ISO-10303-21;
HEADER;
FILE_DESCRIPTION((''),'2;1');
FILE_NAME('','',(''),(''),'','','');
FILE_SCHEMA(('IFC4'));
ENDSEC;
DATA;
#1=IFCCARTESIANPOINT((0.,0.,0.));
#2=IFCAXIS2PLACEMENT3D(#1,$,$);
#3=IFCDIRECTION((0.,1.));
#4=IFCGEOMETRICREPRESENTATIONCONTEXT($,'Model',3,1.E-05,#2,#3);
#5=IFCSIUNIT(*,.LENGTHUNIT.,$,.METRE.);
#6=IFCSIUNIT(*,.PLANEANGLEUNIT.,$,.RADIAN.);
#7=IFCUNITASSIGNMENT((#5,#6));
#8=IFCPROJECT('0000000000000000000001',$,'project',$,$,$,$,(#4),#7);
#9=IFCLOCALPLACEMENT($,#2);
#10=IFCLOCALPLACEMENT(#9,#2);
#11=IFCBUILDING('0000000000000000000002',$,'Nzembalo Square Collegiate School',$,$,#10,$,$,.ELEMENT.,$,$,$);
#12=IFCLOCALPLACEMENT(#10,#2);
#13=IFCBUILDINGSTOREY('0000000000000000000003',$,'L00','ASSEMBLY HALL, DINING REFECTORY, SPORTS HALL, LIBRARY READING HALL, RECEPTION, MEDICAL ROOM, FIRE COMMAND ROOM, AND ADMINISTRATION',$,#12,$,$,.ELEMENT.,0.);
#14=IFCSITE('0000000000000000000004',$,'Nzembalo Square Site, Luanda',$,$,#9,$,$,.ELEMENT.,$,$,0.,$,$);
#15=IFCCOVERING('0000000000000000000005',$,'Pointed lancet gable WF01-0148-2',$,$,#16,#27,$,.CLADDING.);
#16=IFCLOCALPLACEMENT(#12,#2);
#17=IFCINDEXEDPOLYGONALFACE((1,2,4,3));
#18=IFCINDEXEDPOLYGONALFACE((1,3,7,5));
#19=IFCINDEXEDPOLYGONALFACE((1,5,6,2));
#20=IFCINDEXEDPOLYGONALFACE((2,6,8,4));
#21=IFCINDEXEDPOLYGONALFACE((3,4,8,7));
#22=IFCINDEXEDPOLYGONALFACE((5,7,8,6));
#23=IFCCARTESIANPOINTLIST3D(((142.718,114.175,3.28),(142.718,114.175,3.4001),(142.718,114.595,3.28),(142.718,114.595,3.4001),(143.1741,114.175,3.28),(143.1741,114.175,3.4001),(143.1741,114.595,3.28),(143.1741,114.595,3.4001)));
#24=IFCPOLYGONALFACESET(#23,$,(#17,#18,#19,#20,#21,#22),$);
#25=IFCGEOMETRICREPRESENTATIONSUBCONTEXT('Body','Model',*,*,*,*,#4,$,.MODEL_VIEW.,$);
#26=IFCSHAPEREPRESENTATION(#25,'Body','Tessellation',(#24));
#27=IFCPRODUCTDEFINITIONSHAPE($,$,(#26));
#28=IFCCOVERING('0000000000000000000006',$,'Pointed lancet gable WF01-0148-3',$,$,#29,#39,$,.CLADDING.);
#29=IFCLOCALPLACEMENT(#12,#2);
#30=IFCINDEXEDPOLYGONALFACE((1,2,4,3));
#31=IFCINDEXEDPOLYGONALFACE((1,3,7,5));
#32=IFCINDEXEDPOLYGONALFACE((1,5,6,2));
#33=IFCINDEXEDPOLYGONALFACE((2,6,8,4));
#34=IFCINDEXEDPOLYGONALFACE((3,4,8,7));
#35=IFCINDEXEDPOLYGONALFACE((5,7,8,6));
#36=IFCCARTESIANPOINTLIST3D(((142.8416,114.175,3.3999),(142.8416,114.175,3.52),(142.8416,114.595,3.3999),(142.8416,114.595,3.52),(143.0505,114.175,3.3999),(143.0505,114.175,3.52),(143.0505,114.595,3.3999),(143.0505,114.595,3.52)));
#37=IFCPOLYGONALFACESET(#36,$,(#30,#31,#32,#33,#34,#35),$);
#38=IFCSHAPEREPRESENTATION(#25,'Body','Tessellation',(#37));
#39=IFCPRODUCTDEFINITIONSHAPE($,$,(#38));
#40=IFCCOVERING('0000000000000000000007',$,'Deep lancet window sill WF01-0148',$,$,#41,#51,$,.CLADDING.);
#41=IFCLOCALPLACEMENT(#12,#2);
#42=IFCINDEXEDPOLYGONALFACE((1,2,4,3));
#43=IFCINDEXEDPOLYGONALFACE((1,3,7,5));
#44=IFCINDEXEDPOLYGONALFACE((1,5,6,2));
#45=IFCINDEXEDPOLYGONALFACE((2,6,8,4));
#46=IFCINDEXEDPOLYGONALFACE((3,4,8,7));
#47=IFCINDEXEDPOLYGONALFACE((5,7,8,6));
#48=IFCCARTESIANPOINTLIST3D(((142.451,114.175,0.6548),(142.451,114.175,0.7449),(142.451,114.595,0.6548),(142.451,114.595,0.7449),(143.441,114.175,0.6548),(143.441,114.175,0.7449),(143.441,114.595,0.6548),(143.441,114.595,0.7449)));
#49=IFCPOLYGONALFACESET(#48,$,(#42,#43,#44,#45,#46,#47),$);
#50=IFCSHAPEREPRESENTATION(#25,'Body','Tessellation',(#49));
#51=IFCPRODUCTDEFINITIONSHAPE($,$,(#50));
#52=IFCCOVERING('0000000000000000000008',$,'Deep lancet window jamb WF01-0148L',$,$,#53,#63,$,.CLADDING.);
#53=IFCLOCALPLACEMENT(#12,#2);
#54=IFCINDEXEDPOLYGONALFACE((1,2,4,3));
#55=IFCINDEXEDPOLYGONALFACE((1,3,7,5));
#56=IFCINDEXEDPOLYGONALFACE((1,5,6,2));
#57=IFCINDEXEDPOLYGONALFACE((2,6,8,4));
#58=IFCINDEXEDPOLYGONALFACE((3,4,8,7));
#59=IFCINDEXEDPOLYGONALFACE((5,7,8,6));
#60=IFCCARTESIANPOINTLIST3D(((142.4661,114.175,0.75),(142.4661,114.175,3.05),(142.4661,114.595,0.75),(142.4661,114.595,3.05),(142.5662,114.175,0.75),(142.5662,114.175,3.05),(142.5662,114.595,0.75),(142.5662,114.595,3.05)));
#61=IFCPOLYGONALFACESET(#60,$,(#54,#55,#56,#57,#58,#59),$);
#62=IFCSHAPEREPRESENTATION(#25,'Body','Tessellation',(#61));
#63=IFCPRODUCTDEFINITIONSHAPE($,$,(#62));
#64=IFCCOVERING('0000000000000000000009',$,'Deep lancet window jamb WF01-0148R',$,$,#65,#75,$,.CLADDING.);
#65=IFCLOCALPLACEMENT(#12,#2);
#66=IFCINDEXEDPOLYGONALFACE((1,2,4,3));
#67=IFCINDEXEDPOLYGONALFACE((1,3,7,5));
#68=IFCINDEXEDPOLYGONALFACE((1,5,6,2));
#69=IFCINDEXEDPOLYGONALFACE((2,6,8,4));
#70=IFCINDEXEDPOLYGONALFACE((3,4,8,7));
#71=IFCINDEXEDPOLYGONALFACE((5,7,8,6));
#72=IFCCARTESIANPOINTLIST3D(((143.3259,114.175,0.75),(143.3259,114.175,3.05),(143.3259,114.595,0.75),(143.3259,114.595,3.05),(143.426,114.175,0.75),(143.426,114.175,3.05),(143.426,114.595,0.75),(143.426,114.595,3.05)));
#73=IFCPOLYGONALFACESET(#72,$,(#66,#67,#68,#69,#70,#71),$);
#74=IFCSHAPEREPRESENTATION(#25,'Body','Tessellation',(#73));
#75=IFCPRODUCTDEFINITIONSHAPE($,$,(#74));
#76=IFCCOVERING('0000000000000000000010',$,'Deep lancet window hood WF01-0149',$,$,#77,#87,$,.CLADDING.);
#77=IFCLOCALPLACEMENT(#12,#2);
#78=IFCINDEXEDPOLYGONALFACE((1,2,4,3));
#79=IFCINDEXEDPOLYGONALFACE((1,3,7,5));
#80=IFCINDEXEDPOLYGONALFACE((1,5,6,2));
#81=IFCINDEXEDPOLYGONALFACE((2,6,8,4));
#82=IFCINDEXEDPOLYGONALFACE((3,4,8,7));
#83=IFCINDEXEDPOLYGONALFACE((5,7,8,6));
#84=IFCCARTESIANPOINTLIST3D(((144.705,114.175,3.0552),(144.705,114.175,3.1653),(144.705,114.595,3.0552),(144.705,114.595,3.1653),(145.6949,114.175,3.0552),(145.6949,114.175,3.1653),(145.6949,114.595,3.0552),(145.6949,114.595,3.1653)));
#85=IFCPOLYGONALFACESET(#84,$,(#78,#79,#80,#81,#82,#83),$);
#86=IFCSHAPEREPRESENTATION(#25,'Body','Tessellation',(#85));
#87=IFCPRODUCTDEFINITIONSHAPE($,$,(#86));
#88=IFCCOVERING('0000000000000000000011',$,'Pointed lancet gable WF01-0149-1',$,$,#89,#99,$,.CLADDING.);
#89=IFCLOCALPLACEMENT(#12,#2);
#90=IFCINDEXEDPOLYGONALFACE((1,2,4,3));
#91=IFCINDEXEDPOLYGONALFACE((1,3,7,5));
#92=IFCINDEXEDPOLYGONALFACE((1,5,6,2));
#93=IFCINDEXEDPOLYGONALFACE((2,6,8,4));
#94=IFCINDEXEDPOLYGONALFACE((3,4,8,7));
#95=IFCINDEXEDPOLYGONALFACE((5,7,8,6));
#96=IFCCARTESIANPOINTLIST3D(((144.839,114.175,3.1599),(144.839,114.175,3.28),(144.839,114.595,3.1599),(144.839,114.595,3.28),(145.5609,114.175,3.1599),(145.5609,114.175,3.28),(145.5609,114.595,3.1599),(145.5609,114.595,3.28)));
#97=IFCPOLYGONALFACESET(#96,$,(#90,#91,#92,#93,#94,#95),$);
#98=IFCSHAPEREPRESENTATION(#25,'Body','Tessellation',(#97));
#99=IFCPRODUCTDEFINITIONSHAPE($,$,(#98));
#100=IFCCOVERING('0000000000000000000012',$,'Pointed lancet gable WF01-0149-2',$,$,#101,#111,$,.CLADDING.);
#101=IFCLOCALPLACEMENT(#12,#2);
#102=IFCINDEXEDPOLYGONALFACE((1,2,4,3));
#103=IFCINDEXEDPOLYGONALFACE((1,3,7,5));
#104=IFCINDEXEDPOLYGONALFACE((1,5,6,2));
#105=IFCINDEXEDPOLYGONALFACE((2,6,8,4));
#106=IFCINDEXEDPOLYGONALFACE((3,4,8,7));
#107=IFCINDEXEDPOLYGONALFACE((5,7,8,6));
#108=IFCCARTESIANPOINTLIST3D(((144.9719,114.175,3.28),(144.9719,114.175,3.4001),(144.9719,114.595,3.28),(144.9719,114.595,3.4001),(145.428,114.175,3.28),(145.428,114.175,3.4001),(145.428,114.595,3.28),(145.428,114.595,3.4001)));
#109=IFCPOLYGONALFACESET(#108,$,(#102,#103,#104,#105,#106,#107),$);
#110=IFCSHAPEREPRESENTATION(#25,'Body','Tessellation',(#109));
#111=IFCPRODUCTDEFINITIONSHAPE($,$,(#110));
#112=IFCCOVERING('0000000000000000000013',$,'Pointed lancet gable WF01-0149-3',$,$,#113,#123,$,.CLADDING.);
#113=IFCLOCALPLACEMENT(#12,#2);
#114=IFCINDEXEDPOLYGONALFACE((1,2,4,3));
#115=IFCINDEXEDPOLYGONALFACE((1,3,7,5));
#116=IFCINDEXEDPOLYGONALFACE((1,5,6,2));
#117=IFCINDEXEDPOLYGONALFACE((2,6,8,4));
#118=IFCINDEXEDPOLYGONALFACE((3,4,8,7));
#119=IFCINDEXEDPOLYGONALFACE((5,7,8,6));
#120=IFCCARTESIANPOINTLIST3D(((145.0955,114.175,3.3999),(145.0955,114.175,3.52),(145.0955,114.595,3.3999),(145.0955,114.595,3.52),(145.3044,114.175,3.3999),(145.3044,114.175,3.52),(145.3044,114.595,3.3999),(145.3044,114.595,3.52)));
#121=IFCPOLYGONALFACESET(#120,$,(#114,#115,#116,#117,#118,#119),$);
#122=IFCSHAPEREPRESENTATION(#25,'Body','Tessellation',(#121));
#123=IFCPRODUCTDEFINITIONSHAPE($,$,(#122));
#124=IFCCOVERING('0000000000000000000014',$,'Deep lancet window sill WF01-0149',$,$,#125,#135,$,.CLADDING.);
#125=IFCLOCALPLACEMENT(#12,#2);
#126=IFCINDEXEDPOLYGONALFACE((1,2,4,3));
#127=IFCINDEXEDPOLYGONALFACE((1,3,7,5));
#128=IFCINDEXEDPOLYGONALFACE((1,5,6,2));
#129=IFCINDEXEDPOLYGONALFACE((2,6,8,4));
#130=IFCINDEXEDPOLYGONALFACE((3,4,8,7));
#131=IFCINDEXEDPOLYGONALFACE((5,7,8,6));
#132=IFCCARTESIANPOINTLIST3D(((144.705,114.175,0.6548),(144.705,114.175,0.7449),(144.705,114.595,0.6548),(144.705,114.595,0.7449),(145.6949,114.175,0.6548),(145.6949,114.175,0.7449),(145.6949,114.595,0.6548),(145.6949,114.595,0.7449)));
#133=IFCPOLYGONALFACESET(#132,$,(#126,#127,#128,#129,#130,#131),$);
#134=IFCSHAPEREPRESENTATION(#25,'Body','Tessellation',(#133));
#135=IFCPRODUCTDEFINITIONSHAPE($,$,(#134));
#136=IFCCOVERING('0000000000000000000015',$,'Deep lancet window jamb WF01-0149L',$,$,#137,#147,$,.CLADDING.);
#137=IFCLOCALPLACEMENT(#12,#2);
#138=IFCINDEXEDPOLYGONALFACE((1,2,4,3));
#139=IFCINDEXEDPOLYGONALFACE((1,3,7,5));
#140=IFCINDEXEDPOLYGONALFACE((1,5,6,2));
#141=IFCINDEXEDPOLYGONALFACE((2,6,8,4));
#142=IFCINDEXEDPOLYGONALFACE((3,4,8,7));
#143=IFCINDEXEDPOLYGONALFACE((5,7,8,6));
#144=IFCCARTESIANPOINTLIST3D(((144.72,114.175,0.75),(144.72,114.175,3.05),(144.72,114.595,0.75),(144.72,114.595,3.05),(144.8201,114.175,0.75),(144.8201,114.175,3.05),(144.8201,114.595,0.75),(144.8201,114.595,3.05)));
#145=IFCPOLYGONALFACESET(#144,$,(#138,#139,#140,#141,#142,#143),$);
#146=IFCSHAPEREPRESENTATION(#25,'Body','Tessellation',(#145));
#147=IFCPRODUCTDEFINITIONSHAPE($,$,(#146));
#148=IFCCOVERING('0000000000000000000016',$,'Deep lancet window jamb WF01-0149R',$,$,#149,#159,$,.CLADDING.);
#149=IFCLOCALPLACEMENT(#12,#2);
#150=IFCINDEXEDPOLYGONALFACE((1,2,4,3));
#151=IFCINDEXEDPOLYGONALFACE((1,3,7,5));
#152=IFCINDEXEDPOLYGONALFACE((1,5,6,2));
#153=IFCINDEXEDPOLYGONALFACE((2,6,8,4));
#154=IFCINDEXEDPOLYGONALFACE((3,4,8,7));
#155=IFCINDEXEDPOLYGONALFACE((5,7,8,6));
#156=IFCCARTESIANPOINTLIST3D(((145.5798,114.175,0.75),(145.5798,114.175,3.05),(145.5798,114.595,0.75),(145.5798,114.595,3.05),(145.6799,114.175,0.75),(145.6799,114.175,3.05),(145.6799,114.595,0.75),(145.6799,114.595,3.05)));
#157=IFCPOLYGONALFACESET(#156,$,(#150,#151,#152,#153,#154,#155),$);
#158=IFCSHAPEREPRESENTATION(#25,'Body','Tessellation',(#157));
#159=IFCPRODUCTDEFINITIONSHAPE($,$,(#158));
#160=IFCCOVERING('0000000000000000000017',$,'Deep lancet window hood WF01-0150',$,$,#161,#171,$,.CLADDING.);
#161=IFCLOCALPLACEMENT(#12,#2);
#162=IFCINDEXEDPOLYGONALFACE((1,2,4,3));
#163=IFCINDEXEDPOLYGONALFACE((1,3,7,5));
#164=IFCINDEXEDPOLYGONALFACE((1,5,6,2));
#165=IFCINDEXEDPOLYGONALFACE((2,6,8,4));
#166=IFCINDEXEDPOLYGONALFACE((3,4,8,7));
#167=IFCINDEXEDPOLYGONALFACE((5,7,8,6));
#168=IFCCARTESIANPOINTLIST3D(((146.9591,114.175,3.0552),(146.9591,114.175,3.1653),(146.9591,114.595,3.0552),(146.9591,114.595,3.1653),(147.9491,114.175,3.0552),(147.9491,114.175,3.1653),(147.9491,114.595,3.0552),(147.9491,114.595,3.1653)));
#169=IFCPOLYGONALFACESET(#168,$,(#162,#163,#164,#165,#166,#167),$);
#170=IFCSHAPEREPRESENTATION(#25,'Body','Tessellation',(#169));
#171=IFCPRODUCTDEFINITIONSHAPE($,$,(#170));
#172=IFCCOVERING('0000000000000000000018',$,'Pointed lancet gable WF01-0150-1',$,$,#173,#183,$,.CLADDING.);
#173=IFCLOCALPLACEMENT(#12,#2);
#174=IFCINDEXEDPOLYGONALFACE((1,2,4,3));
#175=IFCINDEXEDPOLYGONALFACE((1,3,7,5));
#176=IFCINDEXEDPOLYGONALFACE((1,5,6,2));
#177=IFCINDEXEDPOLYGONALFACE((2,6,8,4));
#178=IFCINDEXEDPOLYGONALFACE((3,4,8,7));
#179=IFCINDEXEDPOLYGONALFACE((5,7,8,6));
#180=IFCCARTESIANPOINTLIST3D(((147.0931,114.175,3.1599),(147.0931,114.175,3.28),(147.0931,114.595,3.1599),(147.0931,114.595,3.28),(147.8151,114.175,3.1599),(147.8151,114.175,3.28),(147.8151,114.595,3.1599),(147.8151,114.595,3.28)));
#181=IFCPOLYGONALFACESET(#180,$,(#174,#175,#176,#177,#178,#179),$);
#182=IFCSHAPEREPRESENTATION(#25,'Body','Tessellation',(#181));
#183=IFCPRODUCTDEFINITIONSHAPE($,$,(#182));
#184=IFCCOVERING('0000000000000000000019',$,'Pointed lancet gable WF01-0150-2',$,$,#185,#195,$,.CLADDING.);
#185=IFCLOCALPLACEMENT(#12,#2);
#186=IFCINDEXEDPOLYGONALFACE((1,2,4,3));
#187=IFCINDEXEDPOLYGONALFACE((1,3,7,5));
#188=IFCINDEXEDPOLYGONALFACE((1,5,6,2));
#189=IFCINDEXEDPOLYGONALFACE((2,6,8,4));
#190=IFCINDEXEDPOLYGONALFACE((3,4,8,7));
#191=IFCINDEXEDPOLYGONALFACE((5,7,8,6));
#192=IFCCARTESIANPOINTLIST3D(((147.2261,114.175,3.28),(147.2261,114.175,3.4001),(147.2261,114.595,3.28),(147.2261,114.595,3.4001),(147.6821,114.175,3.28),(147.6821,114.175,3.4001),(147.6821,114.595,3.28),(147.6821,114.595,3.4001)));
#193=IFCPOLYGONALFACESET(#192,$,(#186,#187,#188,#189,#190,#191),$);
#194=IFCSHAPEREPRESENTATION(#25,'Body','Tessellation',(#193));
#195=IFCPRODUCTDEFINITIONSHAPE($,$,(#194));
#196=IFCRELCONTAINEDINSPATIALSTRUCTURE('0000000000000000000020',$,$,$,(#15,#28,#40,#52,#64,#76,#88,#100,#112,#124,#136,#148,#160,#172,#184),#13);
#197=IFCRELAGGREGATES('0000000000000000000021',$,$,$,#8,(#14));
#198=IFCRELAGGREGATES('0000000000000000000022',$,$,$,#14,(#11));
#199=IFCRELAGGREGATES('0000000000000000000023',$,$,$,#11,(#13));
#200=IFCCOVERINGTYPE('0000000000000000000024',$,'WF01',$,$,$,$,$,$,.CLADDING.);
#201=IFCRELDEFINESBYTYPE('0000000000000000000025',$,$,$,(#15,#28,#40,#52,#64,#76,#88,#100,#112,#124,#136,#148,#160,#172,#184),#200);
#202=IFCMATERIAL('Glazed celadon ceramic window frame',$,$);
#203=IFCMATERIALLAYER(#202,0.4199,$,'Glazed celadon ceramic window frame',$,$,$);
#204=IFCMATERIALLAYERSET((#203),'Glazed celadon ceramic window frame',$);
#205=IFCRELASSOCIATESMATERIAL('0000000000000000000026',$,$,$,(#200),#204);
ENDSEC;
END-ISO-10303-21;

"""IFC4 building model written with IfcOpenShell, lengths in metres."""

from ifc_helpers import new_model, si_unit, direction, frame, origin, origin_2d, place, context, subcontext, project, spatial, rectangle, extrude, material, layer, layer_set, type_object, element, save


model = new_model("IFC4")

# Units and contexts
model_context = context("Model", 3, precision=1e-05, world=origin(), true_north=direction((0.0, 1.0)))
body_context = subcontext(model_context, "Body", "Model", "MODEL_VIEW")
ifc_project = project(units=[si_unit("LENGTHUNIT", "METRE"), si_unit("PLANEANGLEUNIT", "RADIAN")], contexts=[model_context])

# Site, building, storey
site_placement = place(None, origin())
site = spatial("IfcSite", under=ifc_project, at=site_placement, Name="Nzembalo Square Site, Luanda", CompositionType="ELEMENT", RefElevation=0.0)
building_placement = place(site_placement, origin())
building = spatial("IfcBuilding", under=site, at=building_placement, Name="Nzembalo Square Collegiate School", CompositionType="ELEMENT")
storey_placement = place(building_placement, origin())
storey = spatial("IfcBuildingStorey", under=building, at=storey_placement, Name="L00", Description="ASSEMBLY HALL, DINING REFECTORY, SPORTS HALL, LIBRARY READING HALL, RECEPTION, MEDICAL ROOM, FIRE COMMAND ROOM, AND ADMINISTRATION", CompositionType="ELEMENT", Elevation=0.0)

# Coverings
ifc_material_1 = material(Name="Glazed celadon ceramic window frame")
ifc_layer_1 = layer(ifc_material_1, 0.4199, Name="Glazed celadon ceramic window frame")
ifc_layer_set_1 = layer_set([ifc_layer_1], Name="Glazed celadon ceramic window frame")
covering_type = type_object("IfcCoveringType", Name="WF01", PredefinedType="CLADDING", material=ifc_layer_set_1)
covering_1_placement = place(storey_placement, frame((142.946, 114.385, 3.28), z_axis=(0.0, 0.0, 1.0), x_axis=(1.0, 0.0, 0.0)))
element("IfcCovering", 1, at=covering_1_placement, inside=storey, type_object=covering_type, Name="Pointed lancet gable WF01-0148-2", PredefinedType="CLADDING", context=body_context, shape_type="SweptSolid", body=[
    extrude(rectangle(XDim=0.4561, YDim=0.4199, at=origin_2d()), origin(), (0.0, 0.0, 1.0), 0.1201),
])
covering_2_placement = place(storey_placement, frame((142.946, 114.385, 3.3999), z_axis=(0.0, 0.0, 1.0), x_axis=(1.0, 0.0, 0.0)))
element("IfcCovering", 2, at=covering_2_placement, inside=storey, type_object=covering_type, Name="Pointed lancet gable WF01-0148-3", PredefinedType="CLADDING", context=body_context, shape_type="SweptSolid", body=[
    extrude(rectangle(XDim=0.209, YDim=0.4199, at=origin_2d()), origin(), (0.0, 0.0, 1.0), 0.1201),
])
covering_3_placement = place(storey_placement, frame((142.946, 114.385, 0.6548), z_axis=(0.0, 0.0, 1.0), x_axis=(1.0, 0.0, 0.0)))
element("IfcCovering", 3, at=covering_3_placement, inside=storey, type_object=covering_type, Name="Deep lancet window sill WF01-0148", PredefinedType="CLADDING", context=body_context, shape_type="SweptSolid", body=[
    extrude(rectangle(XDim=0.99, YDim=0.4199, at=origin_2d()), origin(), (0.0, 0.0, 1.0), 0.0901),
])
for number, where, z_axis, x_axis, name in (
    (4, (142.5161, 114.385, 0.75), (0.0, 0.0, 1.0), (1.0, 0.0, 0.0), "Deep lancet window jamb WF01-0148L"),
    (5, (143.376, 114.385, 0.75), (0.0, 0.0, 1.0), (1.0, 0.0, 0.0), "Deep lancet window jamb WF01-0148R"),
):
    element("IfcCovering", number, at=place(storey_placement, frame(where, z_axis=z_axis, x_axis=x_axis)), inside=storey, type_object=covering_type, Name=name, PredefinedType="CLADDING", context=body_context, shape_type="SweptSolid", body=[
        extrude(rectangle(XDim=0.1001, YDim=0.4199, at=origin_2d()), origin(), (0.0, 0.0, 1.0), 2.3),
    ])
covering_4_placement = place(storey_placement, frame((145.2, 114.385, 3.0552), z_axis=(0.0, 0.0, 1.0), x_axis=(1.0, 0.0, 0.0)))
element("IfcCovering", 6, at=covering_4_placement, inside=storey, type_object=covering_type, Name="Deep lancet window hood WF01-0149", PredefinedType="CLADDING", context=body_context, shape_type="SweptSolid", body=[
    extrude(rectangle(XDim=0.99, YDim=0.4199, at=origin_2d()), origin(), (0.0, 0.0, 1.0), 0.1101),
])
covering_5_placement = place(storey_placement, frame((145.2, 114.385, 3.1599), z_axis=(0.0, 0.0, 1.0), x_axis=(1.0, 0.0, 0.0)))
element("IfcCovering", 7, at=covering_5_placement, inside=storey, type_object=covering_type, Name="Pointed lancet gable WF01-0149-1", PredefinedType="CLADDING", context=body_context, shape_type="SweptSolid", body=[
    extrude(rectangle(XDim=0.7219, YDim=0.4199, at=origin_2d()), origin(), (0.0, 0.0, 1.0), 0.1201),
])
covering_6_placement = place(storey_placement, frame((145.2, 114.385, 3.28), z_axis=(0.0, 0.0, 1.0), x_axis=(1.0, 0.0, 0.0)))
element("IfcCovering", 8, at=covering_6_placement, inside=storey, type_object=covering_type, Name="Pointed lancet gable WF01-0149-2", PredefinedType="CLADDING", context=body_context, shape_type="SweptSolid", body=[
    extrude(rectangle(XDim=0.4561, YDim=0.4199, at=origin_2d()), origin(), (0.0, 0.0, 1.0), 0.1201),
])
covering_7_placement = place(storey_placement, frame((145.2, 114.385, 3.3999), z_axis=(0.0, 0.0, 1.0), x_axis=(1.0, 0.0, 0.0)))
element("IfcCovering", 9, at=covering_7_placement, inside=storey, type_object=covering_type, Name="Pointed lancet gable WF01-0149-3", PredefinedType="CLADDING", context=body_context, shape_type="SweptSolid", body=[
    extrude(rectangle(XDim=0.209, YDim=0.4199, at=origin_2d()), origin(), (0.0, 0.0, 1.0), 0.1201),
])
covering_8_placement = place(storey_placement, frame((145.2, 114.385, 0.6548), z_axis=(0.0, 0.0, 1.0), x_axis=(1.0, 0.0, 0.0)))
element("IfcCovering", 10, at=covering_8_placement, inside=storey, type_object=covering_type, Name="Deep lancet window sill WF01-0149", PredefinedType="CLADDING", context=body_context, shape_type="SweptSolid", body=[
    extrude(rectangle(XDim=0.99, YDim=0.4199, at=origin_2d()), origin(), (0.0, 0.0, 1.0), 0.0901),
])
for number, where, z_axis, x_axis, name in (
    (11, (144.77, 114.385, 0.75), (0.0, 0.0, 1.0), (1.0, 0.0, 0.0), "Deep lancet window jamb WF01-0149L"),
    (12, (145.6299, 114.385, 0.75), (0.0, 0.0, 1.0), (1.0, 0.0, 0.0), "Deep lancet window jamb WF01-0149R"),
):
    element("IfcCovering", number, at=place(storey_placement, frame(where, z_axis=z_axis, x_axis=x_axis)), inside=storey, type_object=covering_type, Name=name, PredefinedType="CLADDING", context=body_context, shape_type="SweptSolid", body=[
        extrude(rectangle(XDim=0.1001, YDim=0.4199, at=origin_2d()), origin(), (0.0, 0.0, 1.0), 2.3),
    ])
covering_9_placement = place(storey_placement, frame((147.4541, 114.385, 3.0552), z_axis=(0.0, 0.0, 1.0), x_axis=(1.0, 0.0, 0.0)))
element("IfcCovering", 13, at=covering_9_placement, inside=storey, type_object=covering_type, Name="Deep lancet window hood WF01-0150", PredefinedType="CLADDING", context=body_context, shape_type="SweptSolid", body=[
    extrude(rectangle(XDim=0.99, YDim=0.4199, at=origin_2d()), origin(), (0.0, 0.0, 1.0), 0.1101),
])
covering_10_placement = place(storey_placement, frame((147.4541, 114.385, 3.1599), z_axis=(0.0, 0.0, 1.0), x_axis=(1.0, 0.0, 0.0)))
element("IfcCovering", 14, at=covering_10_placement, inside=storey, type_object=covering_type, Name="Pointed lancet gable WF01-0150-1", PredefinedType="CLADDING", context=body_context, shape_type="SweptSolid", body=[
    extrude(rectangle(XDim=0.7219, YDim=0.4199, at=origin_2d()), origin(), (0.0, 0.0, 1.0), 0.1201),
])
covering_11_placement = place(storey_placement, frame((147.4541, 114.385, 3.28), z_axis=(0.0, 0.0, 1.0), x_axis=(1.0, 0.0, 0.0)))
element("IfcCovering", 15, at=covering_11_placement, inside=storey, type_object=covering_type, Name="Pointed lancet gable WF01-0150-2", PredefinedType="CLADDING", context=body_context, shape_type="SweptSolid", body=[
    extrude(rectangle(XDim=0.4561, YDim=0.4199, at=origin_2d()), origin(), (0.0, 0.0, 1.0), 0.1201),
])

save(model, "model.ifc")
